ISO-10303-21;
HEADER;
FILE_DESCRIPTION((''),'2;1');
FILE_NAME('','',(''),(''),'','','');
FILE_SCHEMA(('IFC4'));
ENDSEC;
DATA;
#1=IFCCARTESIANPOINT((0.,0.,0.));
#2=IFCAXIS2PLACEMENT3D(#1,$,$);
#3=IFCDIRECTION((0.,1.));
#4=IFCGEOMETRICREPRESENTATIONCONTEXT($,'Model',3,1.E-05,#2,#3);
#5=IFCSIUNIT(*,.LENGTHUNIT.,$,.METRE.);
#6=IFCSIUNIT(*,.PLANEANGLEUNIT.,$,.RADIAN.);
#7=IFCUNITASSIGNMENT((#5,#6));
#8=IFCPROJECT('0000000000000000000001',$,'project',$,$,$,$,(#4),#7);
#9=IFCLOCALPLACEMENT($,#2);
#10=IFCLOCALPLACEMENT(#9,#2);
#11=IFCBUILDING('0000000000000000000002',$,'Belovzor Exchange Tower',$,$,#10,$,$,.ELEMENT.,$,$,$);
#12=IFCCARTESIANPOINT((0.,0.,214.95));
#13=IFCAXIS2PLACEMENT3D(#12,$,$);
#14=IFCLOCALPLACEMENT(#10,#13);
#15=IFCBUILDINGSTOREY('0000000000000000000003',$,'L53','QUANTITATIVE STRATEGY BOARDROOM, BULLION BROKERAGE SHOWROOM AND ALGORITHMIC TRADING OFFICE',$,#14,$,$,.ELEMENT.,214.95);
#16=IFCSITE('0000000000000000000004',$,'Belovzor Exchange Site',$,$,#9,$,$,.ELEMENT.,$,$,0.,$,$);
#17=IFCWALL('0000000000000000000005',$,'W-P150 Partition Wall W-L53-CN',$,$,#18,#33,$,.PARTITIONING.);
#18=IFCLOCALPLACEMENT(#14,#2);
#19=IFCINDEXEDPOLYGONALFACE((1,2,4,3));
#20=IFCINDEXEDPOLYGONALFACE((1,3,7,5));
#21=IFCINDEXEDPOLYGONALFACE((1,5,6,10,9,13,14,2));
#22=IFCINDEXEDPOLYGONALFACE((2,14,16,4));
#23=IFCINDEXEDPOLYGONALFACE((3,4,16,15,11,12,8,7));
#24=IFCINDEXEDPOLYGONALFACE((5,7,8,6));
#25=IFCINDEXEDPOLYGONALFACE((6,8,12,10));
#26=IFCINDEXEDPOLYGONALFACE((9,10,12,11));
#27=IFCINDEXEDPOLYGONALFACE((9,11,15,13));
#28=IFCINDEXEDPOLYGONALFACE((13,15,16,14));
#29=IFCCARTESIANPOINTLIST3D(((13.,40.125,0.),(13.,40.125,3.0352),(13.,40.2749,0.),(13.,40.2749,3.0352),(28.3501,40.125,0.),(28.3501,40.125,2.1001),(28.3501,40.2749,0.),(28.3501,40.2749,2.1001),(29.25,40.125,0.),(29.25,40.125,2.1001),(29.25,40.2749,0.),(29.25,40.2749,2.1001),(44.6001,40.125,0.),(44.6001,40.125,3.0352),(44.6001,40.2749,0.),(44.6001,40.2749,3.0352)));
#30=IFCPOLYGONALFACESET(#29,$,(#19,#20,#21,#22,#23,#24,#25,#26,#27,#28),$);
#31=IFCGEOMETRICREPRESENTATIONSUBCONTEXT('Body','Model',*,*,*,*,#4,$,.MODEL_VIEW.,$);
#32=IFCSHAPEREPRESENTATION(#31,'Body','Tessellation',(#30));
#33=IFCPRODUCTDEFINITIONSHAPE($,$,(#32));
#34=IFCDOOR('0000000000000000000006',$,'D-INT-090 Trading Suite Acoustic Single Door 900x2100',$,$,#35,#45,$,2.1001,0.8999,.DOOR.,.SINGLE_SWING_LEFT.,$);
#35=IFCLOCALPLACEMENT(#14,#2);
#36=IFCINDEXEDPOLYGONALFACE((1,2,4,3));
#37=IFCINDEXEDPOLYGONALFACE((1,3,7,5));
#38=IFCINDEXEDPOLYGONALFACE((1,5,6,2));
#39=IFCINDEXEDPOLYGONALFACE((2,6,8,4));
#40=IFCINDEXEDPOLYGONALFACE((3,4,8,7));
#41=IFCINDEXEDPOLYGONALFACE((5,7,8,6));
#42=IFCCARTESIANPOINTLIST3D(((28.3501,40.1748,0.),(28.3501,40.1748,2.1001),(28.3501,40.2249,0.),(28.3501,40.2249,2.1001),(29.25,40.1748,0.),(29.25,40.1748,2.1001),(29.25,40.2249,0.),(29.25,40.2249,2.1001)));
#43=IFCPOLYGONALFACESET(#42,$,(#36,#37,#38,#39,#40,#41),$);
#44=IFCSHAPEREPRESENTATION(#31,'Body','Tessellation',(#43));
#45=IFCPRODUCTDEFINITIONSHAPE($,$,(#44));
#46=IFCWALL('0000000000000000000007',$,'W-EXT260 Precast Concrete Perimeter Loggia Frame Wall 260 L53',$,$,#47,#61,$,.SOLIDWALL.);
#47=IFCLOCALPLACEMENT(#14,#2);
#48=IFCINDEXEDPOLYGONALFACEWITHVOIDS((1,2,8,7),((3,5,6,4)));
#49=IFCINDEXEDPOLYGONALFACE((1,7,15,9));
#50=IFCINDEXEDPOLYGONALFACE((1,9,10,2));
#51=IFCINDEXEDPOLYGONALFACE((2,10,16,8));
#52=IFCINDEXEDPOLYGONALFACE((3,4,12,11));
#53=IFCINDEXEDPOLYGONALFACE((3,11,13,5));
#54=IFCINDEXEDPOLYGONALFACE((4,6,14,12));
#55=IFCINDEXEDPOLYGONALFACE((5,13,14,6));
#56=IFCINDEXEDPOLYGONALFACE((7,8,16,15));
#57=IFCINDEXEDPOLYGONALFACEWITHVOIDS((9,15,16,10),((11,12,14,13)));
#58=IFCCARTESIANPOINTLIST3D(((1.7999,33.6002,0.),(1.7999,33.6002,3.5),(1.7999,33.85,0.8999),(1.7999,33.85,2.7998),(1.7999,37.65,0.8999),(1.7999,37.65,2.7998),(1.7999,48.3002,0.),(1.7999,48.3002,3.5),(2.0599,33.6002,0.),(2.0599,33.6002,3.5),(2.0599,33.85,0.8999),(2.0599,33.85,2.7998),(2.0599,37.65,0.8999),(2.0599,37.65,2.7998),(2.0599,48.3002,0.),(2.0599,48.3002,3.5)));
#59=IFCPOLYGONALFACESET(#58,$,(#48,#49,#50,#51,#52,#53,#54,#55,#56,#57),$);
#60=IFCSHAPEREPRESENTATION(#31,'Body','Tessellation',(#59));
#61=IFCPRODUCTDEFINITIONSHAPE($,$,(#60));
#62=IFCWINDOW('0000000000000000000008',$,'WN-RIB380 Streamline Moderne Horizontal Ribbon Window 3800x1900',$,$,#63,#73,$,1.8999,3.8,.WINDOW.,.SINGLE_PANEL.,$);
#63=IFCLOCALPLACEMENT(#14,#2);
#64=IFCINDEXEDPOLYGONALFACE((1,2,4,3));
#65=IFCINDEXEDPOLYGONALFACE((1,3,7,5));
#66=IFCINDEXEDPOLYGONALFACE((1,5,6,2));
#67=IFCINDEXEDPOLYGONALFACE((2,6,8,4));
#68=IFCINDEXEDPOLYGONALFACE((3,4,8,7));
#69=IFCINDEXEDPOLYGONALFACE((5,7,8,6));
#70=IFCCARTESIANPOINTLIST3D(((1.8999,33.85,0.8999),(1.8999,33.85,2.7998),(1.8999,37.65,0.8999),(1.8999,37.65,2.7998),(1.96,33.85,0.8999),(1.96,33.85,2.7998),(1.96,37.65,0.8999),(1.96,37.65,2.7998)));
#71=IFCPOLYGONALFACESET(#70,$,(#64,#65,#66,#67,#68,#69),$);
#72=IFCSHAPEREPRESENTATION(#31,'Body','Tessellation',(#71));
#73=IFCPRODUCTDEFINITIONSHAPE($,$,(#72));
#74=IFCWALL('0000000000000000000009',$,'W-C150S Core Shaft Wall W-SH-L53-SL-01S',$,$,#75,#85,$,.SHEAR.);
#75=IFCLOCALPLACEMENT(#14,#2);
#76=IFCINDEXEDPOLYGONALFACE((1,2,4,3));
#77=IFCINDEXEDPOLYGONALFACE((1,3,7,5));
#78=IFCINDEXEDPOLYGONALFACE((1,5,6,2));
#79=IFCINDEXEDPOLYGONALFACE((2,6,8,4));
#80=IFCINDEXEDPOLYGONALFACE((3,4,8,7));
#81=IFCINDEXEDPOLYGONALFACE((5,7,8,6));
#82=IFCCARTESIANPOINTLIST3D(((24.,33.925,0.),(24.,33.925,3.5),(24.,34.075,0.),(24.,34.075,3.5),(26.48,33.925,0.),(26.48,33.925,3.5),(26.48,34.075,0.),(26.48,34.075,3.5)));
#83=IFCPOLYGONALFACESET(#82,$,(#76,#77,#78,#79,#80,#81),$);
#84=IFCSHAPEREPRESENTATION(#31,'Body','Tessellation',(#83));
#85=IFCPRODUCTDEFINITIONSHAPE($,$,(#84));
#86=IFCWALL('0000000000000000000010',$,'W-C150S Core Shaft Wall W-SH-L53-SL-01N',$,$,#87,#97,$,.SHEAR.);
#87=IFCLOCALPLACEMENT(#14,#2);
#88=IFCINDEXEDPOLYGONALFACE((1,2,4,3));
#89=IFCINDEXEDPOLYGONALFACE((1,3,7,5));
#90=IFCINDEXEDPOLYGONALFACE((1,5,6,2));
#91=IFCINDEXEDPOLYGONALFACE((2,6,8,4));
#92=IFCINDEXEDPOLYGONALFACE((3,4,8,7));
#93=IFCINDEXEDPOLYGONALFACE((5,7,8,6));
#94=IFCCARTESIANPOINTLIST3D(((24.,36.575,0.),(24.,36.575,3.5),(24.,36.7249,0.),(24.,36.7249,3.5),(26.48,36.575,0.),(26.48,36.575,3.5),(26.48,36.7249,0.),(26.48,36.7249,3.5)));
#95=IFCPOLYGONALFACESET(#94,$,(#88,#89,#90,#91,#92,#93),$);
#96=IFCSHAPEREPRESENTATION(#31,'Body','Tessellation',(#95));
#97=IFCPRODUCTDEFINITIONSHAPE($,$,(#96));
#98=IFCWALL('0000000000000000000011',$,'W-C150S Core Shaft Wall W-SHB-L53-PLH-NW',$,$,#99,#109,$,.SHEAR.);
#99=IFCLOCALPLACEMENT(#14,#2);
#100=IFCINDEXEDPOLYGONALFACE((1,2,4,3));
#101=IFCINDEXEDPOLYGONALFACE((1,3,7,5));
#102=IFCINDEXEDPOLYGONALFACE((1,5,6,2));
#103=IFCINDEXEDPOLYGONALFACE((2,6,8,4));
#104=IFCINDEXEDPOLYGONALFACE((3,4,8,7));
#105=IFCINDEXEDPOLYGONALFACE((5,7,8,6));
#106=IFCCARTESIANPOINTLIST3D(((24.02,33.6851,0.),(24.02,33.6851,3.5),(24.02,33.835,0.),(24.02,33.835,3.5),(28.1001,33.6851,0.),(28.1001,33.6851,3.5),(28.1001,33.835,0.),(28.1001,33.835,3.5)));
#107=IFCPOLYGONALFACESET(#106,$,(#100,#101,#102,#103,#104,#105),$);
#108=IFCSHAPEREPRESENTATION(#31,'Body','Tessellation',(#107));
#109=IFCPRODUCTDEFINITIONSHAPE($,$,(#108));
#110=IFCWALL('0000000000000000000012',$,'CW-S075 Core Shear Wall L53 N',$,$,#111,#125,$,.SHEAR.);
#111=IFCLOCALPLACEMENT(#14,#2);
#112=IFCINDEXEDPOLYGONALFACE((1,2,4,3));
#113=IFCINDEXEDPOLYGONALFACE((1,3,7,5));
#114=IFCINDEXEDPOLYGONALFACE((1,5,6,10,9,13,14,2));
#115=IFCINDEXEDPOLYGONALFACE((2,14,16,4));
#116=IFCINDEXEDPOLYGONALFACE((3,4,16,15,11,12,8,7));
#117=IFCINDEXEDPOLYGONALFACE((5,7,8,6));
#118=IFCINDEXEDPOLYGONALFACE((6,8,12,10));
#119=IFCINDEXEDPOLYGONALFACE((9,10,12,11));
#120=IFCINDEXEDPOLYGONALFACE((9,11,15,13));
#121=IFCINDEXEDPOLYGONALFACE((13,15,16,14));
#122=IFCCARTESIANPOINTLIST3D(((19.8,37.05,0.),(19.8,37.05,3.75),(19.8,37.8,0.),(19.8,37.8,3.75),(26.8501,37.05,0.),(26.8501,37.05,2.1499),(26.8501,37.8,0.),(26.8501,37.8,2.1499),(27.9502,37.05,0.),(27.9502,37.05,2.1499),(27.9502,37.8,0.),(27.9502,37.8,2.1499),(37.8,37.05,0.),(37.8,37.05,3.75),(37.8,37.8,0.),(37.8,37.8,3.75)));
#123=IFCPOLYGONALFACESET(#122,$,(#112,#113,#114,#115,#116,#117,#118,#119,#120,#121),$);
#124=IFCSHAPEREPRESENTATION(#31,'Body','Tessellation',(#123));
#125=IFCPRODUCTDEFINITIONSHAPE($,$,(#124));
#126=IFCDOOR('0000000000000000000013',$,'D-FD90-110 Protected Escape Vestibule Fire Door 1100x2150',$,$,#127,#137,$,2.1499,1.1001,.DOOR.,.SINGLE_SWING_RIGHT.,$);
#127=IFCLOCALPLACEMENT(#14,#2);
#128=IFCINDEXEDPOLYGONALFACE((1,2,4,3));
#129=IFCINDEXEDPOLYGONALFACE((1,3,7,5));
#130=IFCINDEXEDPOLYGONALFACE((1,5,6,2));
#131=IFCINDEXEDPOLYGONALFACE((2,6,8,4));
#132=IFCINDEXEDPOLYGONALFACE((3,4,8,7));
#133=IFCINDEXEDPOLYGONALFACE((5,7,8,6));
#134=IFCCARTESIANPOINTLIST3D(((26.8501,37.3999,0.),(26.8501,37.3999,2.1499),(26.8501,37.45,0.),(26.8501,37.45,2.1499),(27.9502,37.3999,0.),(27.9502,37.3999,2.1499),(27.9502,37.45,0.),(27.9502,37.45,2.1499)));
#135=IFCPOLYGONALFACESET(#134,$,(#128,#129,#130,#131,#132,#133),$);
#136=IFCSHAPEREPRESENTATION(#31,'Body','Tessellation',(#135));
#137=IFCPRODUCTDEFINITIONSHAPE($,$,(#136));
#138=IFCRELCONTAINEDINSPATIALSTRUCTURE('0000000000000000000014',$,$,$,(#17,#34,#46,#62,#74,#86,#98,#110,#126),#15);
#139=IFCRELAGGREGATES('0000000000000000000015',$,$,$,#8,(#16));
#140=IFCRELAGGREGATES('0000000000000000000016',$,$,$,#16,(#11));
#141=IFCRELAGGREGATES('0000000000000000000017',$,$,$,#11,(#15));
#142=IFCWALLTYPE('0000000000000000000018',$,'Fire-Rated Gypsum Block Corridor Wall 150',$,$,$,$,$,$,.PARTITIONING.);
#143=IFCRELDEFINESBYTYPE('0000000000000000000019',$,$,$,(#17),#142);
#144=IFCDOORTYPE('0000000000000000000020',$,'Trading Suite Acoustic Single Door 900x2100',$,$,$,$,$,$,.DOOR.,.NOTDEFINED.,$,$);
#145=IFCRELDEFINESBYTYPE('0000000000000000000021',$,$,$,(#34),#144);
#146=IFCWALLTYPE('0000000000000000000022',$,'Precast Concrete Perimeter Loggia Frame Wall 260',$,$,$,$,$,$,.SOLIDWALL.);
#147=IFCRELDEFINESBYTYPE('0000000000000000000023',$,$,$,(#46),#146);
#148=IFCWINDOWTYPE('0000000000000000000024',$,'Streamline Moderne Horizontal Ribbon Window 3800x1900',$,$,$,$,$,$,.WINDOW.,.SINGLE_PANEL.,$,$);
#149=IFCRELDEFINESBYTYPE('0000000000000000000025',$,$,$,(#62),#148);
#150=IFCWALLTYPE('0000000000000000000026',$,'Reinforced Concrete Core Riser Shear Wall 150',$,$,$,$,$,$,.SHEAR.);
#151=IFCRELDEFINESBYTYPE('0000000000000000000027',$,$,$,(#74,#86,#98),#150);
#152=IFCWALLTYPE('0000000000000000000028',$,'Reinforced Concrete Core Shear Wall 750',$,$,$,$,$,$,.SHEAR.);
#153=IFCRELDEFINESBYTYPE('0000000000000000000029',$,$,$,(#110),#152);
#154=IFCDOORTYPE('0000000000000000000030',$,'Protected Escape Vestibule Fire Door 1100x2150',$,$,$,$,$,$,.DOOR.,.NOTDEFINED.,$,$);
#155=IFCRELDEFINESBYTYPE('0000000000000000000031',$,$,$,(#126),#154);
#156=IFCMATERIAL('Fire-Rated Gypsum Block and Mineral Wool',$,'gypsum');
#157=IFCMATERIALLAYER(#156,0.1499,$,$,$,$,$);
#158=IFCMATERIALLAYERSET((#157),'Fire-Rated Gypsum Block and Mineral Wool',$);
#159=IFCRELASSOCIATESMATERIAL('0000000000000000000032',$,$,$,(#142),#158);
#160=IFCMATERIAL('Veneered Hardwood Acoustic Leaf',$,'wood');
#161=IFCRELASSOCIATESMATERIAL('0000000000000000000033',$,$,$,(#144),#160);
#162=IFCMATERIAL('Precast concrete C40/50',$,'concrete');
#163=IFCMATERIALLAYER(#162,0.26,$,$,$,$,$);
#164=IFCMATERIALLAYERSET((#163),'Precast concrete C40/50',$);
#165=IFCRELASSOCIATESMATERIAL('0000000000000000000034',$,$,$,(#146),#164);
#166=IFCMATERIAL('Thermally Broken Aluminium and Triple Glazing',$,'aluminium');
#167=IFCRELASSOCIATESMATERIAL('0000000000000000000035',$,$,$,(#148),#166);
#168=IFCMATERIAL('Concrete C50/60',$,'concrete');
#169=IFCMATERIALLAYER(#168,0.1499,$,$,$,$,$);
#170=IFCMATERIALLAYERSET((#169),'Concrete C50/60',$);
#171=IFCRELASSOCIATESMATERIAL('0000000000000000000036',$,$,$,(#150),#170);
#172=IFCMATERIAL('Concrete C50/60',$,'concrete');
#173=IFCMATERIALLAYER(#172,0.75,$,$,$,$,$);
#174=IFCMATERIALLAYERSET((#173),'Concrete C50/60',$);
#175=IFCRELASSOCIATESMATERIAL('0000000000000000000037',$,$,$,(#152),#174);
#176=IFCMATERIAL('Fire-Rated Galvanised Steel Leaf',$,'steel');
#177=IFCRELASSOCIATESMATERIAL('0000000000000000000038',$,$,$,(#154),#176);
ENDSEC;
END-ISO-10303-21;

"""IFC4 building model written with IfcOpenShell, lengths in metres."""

from ifc_helpers import new_model, si_unit, direction, frame, frame_2d, origin, place, context, subcontext, project, spatial, rectangle, extrude, material, layer, layer_set, type_object, element, fill, save


model = new_model("IFC4")

# Units and contexts
model_context = context("Model", 3, precision=1e-05, world=origin(), true_north=direction((0.0, 1.0)))
body_context = subcontext(model_context, "Body", "Model", "MODEL_VIEW")
ifc_project = project(units=[si_unit("LENGTHUNIT", "METRE"), si_unit("PLANEANGLEUNIT", "RADIAN")], contexts=[model_context])

# Site, building, storey
site_placement = place(None, origin())
site = spatial("IfcSite", under=ifc_project, at=site_placement, Name="Belovzor Exchange Site", CompositionType="ELEMENT", RefElevation=0.0)
building_placement = place(site_placement, origin())
building = spatial("IfcBuilding", under=site, at=building_placement, Name="Belovzor Exchange Tower", CompositionType="ELEMENT")
storey_placement = place(building_placement, frame((0.0, 0.0, 214.95)))
storey = spatial("IfcBuildingStorey", under=building, at=storey_placement, Name="L53", Description="QUANTITATIVE STRATEGY BOARDROOM, BULLION BROKERAGE SHOWROOM AND ALGORITHMIC TRADING OFFICE", CompositionType="ELEMENT", Elevation=214.95)

# Shared definitions
ifc_material_1 = material(Name="Fire-Rated Gypsum Block and Mineral Wool", Category="gypsum")
ifc_layer_1 = layer(ifc_material_1, 0.1499)
ifc_layer_set_1 = layer_set([ifc_layer_1], Name="Fire-Rated Gypsum Block and Mineral Wool")
wall_type_1 = type_object("IfcWallType", Name="Fire-Rated Gypsum Block Corridor Wall 150", PredefinedType="PARTITIONING", material=ifc_layer_set_1)

# Wall, opening, door
wall_1_placement = place(storey_placement, frame((13.0, 40.2, 0.0), z_axis=(0.0, 0.0, 1.0), x_axis=(1.0, 0.0, 0.0)))
wall_1 = element("IfcWall", 1, at=wall_1_placement, inside=storey, type_object=wall_type_1, Name="W-P150 Partition Wall W-L53-CN", PredefinedType="PARTITIONING", context=body_context, shape_type="SweptSolid", body=[
    extrude(rectangle(XDim=31.6001, YDim=0.1499, at=frame_2d((15.8, 0.0))), origin(), (0.0, 0.0, 1.0), 3.0352),
])
opening_1_placement = place(wall_1_placement, frame((15.3501, 0.0, 0.0)))
opening_1 = element("IfcOpeningElement", 2, at=opening_1_placement, cuts=wall_1, PredefinedType="OPENING", context=body_context, shape_type="SweptSolid", body=[
    extrude(rectangle(XDim=0.8999, YDim=2.1001, at=frame_2d((0.45, 1.05))), frame((0.0, 0.085, 0.0), z_axis=(0.0, -1.0, 0.0), x_axis=(1.0, 0.0, 0.0)), (0.0, 0.0, 1.0), 0.1699),
])
ifc_material_2 = material(Name="Veneered Hardwood Acoustic Leaf", Category="wood")
door_type_1 = type_object("IfcDoorType", Name="Trading Suite Acoustic Single Door 900x2100", OperationType="NOTDEFINED", PredefinedType="DOOR", material=ifc_material_2)
door_1_placement = place(opening_1_placement, origin())
door_1 = element("IfcDoor", 3, at=door_1_placement, inside=storey, type_object=door_type_1, Name="D-INT-090 Trading Suite Acoustic Single Door 900x2100", OperationType="SINGLE_SWING_LEFT", OverallHeight=2.1001, OverallWidth=0.8999, PredefinedType="DOOR", context=body_context, shape_type="SweptSolid", body=[
    extrude(rectangle(XDim=0.8999, YDim=2.1001, at=frame_2d((0.45, 1.05))), frame((0.0, 0.0249, 0.0), z_axis=(0.0, -1.0, 0.0), x_axis=(1.0, 0.0, 0.0)), (0.0, 0.0, 1.0), 0.05),
])
fill(opening_1, door_1)

# Wall, opening, window
ifc_material_3 = material(Name="Precast concrete C40/50", Category="concrete")
ifc_layer_2 = layer(ifc_material_3, 0.26)
ifc_layer_set_2 = layer_set([ifc_layer_2], Name="Precast concrete C40/50")
wall_type_2 = type_object("IfcWallType", Name="Precast Concrete Perimeter Loggia Frame Wall 260", PredefinedType="SOLIDWALL", material=ifc_layer_set_2)
wall_2_placement = place(storey_placement, frame((1.9299, 33.6001, 0.0), z_axis=(0.0, 0.0, 1.0), x_axis=(0.0, 1.0, 0.0)))
wall_2 = element("IfcWall", 4, at=wall_2_placement, inside=storey, type_object=wall_type_2, Name="W-EXT260 Precast Concrete Perimeter Loggia Frame Wall 260 L53", PredefinedType="SOLIDWALL", context=body_context, shape_type="SweptSolid", body=[
    extrude(rectangle(XDim=14.7, YDim=0.26, at=frame_2d((7.3501, 0.0))), origin(), (0.0, 0.0, 1.0), 3.5),
])
opening_2_placement = place(wall_2_placement, frame((0.25, 0.0, 0.8999)))
opening_2 = element("IfcOpeningElement", 5, at=opening_2_placement, cuts=wall_2, PredefinedType="OPENING", context=body_context, shape_type="SweptSolid", body=[
    extrude(rectangle(XDim=3.8, YDim=1.8999, at=frame_2d((1.8999, 0.95))), frame((0.0, 0.1399, 0.0), z_axis=(0.0, -1.0, 0.0), x_axis=(1.0, 0.0, 0.0)), (0.0, 0.0, 1.0), 0.28),
])
ifc_material_4 = material(Name="Thermally Broken Aluminium and Triple Glazing", Category="aluminium")
window_type = type_object("IfcWindowType", Name="Streamline Moderne Horizontal Ribbon Window 3800x1900", PartitioningType="SINGLE_PANEL", PredefinedType="WINDOW", material=ifc_material_4)
window_placement = place(opening_2_placement, origin())
window = element("IfcWindow", 6, at=window_placement, inside=storey, type_object=window_type, Name="WN-RIB380 Streamline Moderne Horizontal Ribbon Window 3800x1900", OverallHeight=1.8999, OverallWidth=3.8, PartitioningType="SINGLE_PANEL", PredefinedType="WINDOW", context=body_context, shape_type="SweptSolid", body=[
    extrude(rectangle(XDim=3.8, YDim=1.8999, at=frame_2d((1.8999, 0.95))), frame((0.0, 0.03, 0.0), z_axis=(0.0, -1.0, 0.0), x_axis=(1.0, 0.0, 0.0)), (0.0, 0.0, 1.0), 0.0601),
])
fill(opening_2, window)

# Walls
ifc_material_5 = material(Name="Concrete C50/60", Category="concrete")
ifc_layer_3 = layer(ifc_material_5, 0.1499)
ifc_layer_set_3 = layer_set([ifc_layer_3], Name="Concrete C50/60")
wall_type_3 = type_object("IfcWallType", Name="Reinforced Concrete Core Riser Shear Wall 150", PredefinedType="SHEAR", material=ifc_layer_set_3)
for number, where, z_axis, x_axis, name in (
    (7, (24.0, 34.0, 0.0), (0.0, 0.0, 1.0), (1.0, 0.0, 0.0), "W-C150S Core Shaft Wall W-SH-L53-SL-01S"),
    (8, (24.0, 36.6499, 0.0), (0.0, 0.0, 1.0), (1.0, 0.0, 0.0), "W-C150S Core Shaft Wall W-SH-L53-SL-01N"),
):
    element("IfcWall", number, at=place(storey_placement, frame(where, z_axis=z_axis, x_axis=x_axis)), inside=storey, type_object=wall_type_3, Name=name, PredefinedType="SHEAR", context=body_context, shape_type="SweptSolid", body=[
        extrude(rectangle(XDim=2.48, YDim=0.1499, at=frame_2d((1.24, 0.0))), origin(), (0.0, 0.0, 1.0), 3.5),
    ])
wall_3_placement = place(storey_placement, frame((24.02, 33.76, 0.0), z_axis=(0.0, 0.0, 1.0), x_axis=(1.0, 0.0, 0.0)))
element("IfcWall", 9, at=wall_3_placement, inside=storey, type_object=wall_type_3, Name="W-C150S Core Shaft Wall W-SHB-L53-PLH-NW", PredefinedType="SHEAR", context=body_context, shape_type="SweptSolid", body=[
    extrude(rectangle(XDim=4.0801, YDim=0.1499, at=frame_2d((2.04, 0.0))), origin(), (0.0, 0.0, 1.0), 3.5),
])

# Wall, opening, door
ifc_material_6 = material(Name="Concrete C50/60", Category="concrete")
ifc_layer_4 = layer(ifc_material_6, 0.75)
ifc_layer_set_4 = layer_set([ifc_layer_4], Name="Concrete C50/60")
wall_type_4 = type_object("IfcWallType", Name="Reinforced Concrete Core Shear Wall 750", PredefinedType="SHEAR", material=ifc_layer_set_4)
wall_4_placement = place(storey_placement, frame((19.8, 37.425, 0.0), z_axis=(0.0, 0.0, 1.0), x_axis=(1.0, 0.0, 0.0)))
wall_4 = element("IfcWall", 10, at=wall_4_placement, inside=storey, type_object=wall_type_4, Name="CW-S075 Core Shear Wall L53 N", PredefinedType="SHEAR", context=body_context, shape_type="SweptSolid", body=[
    extrude(rectangle(XDim=18.0, YDim=0.75, at=frame_2d((9.0, 0.0))), origin(), (0.0, 0.0, 1.0), 3.75),
])
opening_3_placement = place(wall_4_placement, frame((7.05, 0.0, 0.0)))
opening_3 = element("IfcOpeningElement", 11, at=opening_3_placement, cuts=wall_4, PredefinedType="OPENING", context=body_context, shape_type="SweptSolid", body=[
    extrude(rectangle(XDim=1.1001, YDim=2.1499, at=frame_2d((0.55, 1.075))), frame((0.0, 0.385, 0.0), z_axis=(0.0, -1.0, 0.0), x_axis=(1.0, 0.0, 0.0)), (0.0, 0.0, 1.0), 0.77),
])
ifc_material_7 = material(Name="Fire-Rated Galvanised Steel Leaf", Category="steel")
door_type_2 = type_object("IfcDoorType", Name="Protected Escape Vestibule Fire Door 1100x2150", OperationType="NOTDEFINED", PredefinedType="DOOR", material=ifc_material_7)
door_2_placement = place(opening_3_placement, origin())
door_2 = element("IfcDoor", 12, at=door_2_placement, inside=storey, type_object=door_type_2, Name="D-FD90-110 Protected Escape Vestibule Fire Door 1100x2150", OperationType="SINGLE_SWING_RIGHT", OverallHeight=2.1499, OverallWidth=1.1001, PredefinedType="DOOR", context=body_context, shape_type="SweptSolid", body=[
    extrude(rectangle(XDim=1.1001, YDim=2.1499, at=frame_2d((0.55, 1.075))), frame((0.0, 0.0249, 0.0), z_axis=(0.0, -1.0, 0.0), x_axis=(1.0, 0.0, 0.0)), (0.0, 0.0, 1.0), 0.05),
])
fill(opening_3, door_2)

save(model, "model.ifc")
